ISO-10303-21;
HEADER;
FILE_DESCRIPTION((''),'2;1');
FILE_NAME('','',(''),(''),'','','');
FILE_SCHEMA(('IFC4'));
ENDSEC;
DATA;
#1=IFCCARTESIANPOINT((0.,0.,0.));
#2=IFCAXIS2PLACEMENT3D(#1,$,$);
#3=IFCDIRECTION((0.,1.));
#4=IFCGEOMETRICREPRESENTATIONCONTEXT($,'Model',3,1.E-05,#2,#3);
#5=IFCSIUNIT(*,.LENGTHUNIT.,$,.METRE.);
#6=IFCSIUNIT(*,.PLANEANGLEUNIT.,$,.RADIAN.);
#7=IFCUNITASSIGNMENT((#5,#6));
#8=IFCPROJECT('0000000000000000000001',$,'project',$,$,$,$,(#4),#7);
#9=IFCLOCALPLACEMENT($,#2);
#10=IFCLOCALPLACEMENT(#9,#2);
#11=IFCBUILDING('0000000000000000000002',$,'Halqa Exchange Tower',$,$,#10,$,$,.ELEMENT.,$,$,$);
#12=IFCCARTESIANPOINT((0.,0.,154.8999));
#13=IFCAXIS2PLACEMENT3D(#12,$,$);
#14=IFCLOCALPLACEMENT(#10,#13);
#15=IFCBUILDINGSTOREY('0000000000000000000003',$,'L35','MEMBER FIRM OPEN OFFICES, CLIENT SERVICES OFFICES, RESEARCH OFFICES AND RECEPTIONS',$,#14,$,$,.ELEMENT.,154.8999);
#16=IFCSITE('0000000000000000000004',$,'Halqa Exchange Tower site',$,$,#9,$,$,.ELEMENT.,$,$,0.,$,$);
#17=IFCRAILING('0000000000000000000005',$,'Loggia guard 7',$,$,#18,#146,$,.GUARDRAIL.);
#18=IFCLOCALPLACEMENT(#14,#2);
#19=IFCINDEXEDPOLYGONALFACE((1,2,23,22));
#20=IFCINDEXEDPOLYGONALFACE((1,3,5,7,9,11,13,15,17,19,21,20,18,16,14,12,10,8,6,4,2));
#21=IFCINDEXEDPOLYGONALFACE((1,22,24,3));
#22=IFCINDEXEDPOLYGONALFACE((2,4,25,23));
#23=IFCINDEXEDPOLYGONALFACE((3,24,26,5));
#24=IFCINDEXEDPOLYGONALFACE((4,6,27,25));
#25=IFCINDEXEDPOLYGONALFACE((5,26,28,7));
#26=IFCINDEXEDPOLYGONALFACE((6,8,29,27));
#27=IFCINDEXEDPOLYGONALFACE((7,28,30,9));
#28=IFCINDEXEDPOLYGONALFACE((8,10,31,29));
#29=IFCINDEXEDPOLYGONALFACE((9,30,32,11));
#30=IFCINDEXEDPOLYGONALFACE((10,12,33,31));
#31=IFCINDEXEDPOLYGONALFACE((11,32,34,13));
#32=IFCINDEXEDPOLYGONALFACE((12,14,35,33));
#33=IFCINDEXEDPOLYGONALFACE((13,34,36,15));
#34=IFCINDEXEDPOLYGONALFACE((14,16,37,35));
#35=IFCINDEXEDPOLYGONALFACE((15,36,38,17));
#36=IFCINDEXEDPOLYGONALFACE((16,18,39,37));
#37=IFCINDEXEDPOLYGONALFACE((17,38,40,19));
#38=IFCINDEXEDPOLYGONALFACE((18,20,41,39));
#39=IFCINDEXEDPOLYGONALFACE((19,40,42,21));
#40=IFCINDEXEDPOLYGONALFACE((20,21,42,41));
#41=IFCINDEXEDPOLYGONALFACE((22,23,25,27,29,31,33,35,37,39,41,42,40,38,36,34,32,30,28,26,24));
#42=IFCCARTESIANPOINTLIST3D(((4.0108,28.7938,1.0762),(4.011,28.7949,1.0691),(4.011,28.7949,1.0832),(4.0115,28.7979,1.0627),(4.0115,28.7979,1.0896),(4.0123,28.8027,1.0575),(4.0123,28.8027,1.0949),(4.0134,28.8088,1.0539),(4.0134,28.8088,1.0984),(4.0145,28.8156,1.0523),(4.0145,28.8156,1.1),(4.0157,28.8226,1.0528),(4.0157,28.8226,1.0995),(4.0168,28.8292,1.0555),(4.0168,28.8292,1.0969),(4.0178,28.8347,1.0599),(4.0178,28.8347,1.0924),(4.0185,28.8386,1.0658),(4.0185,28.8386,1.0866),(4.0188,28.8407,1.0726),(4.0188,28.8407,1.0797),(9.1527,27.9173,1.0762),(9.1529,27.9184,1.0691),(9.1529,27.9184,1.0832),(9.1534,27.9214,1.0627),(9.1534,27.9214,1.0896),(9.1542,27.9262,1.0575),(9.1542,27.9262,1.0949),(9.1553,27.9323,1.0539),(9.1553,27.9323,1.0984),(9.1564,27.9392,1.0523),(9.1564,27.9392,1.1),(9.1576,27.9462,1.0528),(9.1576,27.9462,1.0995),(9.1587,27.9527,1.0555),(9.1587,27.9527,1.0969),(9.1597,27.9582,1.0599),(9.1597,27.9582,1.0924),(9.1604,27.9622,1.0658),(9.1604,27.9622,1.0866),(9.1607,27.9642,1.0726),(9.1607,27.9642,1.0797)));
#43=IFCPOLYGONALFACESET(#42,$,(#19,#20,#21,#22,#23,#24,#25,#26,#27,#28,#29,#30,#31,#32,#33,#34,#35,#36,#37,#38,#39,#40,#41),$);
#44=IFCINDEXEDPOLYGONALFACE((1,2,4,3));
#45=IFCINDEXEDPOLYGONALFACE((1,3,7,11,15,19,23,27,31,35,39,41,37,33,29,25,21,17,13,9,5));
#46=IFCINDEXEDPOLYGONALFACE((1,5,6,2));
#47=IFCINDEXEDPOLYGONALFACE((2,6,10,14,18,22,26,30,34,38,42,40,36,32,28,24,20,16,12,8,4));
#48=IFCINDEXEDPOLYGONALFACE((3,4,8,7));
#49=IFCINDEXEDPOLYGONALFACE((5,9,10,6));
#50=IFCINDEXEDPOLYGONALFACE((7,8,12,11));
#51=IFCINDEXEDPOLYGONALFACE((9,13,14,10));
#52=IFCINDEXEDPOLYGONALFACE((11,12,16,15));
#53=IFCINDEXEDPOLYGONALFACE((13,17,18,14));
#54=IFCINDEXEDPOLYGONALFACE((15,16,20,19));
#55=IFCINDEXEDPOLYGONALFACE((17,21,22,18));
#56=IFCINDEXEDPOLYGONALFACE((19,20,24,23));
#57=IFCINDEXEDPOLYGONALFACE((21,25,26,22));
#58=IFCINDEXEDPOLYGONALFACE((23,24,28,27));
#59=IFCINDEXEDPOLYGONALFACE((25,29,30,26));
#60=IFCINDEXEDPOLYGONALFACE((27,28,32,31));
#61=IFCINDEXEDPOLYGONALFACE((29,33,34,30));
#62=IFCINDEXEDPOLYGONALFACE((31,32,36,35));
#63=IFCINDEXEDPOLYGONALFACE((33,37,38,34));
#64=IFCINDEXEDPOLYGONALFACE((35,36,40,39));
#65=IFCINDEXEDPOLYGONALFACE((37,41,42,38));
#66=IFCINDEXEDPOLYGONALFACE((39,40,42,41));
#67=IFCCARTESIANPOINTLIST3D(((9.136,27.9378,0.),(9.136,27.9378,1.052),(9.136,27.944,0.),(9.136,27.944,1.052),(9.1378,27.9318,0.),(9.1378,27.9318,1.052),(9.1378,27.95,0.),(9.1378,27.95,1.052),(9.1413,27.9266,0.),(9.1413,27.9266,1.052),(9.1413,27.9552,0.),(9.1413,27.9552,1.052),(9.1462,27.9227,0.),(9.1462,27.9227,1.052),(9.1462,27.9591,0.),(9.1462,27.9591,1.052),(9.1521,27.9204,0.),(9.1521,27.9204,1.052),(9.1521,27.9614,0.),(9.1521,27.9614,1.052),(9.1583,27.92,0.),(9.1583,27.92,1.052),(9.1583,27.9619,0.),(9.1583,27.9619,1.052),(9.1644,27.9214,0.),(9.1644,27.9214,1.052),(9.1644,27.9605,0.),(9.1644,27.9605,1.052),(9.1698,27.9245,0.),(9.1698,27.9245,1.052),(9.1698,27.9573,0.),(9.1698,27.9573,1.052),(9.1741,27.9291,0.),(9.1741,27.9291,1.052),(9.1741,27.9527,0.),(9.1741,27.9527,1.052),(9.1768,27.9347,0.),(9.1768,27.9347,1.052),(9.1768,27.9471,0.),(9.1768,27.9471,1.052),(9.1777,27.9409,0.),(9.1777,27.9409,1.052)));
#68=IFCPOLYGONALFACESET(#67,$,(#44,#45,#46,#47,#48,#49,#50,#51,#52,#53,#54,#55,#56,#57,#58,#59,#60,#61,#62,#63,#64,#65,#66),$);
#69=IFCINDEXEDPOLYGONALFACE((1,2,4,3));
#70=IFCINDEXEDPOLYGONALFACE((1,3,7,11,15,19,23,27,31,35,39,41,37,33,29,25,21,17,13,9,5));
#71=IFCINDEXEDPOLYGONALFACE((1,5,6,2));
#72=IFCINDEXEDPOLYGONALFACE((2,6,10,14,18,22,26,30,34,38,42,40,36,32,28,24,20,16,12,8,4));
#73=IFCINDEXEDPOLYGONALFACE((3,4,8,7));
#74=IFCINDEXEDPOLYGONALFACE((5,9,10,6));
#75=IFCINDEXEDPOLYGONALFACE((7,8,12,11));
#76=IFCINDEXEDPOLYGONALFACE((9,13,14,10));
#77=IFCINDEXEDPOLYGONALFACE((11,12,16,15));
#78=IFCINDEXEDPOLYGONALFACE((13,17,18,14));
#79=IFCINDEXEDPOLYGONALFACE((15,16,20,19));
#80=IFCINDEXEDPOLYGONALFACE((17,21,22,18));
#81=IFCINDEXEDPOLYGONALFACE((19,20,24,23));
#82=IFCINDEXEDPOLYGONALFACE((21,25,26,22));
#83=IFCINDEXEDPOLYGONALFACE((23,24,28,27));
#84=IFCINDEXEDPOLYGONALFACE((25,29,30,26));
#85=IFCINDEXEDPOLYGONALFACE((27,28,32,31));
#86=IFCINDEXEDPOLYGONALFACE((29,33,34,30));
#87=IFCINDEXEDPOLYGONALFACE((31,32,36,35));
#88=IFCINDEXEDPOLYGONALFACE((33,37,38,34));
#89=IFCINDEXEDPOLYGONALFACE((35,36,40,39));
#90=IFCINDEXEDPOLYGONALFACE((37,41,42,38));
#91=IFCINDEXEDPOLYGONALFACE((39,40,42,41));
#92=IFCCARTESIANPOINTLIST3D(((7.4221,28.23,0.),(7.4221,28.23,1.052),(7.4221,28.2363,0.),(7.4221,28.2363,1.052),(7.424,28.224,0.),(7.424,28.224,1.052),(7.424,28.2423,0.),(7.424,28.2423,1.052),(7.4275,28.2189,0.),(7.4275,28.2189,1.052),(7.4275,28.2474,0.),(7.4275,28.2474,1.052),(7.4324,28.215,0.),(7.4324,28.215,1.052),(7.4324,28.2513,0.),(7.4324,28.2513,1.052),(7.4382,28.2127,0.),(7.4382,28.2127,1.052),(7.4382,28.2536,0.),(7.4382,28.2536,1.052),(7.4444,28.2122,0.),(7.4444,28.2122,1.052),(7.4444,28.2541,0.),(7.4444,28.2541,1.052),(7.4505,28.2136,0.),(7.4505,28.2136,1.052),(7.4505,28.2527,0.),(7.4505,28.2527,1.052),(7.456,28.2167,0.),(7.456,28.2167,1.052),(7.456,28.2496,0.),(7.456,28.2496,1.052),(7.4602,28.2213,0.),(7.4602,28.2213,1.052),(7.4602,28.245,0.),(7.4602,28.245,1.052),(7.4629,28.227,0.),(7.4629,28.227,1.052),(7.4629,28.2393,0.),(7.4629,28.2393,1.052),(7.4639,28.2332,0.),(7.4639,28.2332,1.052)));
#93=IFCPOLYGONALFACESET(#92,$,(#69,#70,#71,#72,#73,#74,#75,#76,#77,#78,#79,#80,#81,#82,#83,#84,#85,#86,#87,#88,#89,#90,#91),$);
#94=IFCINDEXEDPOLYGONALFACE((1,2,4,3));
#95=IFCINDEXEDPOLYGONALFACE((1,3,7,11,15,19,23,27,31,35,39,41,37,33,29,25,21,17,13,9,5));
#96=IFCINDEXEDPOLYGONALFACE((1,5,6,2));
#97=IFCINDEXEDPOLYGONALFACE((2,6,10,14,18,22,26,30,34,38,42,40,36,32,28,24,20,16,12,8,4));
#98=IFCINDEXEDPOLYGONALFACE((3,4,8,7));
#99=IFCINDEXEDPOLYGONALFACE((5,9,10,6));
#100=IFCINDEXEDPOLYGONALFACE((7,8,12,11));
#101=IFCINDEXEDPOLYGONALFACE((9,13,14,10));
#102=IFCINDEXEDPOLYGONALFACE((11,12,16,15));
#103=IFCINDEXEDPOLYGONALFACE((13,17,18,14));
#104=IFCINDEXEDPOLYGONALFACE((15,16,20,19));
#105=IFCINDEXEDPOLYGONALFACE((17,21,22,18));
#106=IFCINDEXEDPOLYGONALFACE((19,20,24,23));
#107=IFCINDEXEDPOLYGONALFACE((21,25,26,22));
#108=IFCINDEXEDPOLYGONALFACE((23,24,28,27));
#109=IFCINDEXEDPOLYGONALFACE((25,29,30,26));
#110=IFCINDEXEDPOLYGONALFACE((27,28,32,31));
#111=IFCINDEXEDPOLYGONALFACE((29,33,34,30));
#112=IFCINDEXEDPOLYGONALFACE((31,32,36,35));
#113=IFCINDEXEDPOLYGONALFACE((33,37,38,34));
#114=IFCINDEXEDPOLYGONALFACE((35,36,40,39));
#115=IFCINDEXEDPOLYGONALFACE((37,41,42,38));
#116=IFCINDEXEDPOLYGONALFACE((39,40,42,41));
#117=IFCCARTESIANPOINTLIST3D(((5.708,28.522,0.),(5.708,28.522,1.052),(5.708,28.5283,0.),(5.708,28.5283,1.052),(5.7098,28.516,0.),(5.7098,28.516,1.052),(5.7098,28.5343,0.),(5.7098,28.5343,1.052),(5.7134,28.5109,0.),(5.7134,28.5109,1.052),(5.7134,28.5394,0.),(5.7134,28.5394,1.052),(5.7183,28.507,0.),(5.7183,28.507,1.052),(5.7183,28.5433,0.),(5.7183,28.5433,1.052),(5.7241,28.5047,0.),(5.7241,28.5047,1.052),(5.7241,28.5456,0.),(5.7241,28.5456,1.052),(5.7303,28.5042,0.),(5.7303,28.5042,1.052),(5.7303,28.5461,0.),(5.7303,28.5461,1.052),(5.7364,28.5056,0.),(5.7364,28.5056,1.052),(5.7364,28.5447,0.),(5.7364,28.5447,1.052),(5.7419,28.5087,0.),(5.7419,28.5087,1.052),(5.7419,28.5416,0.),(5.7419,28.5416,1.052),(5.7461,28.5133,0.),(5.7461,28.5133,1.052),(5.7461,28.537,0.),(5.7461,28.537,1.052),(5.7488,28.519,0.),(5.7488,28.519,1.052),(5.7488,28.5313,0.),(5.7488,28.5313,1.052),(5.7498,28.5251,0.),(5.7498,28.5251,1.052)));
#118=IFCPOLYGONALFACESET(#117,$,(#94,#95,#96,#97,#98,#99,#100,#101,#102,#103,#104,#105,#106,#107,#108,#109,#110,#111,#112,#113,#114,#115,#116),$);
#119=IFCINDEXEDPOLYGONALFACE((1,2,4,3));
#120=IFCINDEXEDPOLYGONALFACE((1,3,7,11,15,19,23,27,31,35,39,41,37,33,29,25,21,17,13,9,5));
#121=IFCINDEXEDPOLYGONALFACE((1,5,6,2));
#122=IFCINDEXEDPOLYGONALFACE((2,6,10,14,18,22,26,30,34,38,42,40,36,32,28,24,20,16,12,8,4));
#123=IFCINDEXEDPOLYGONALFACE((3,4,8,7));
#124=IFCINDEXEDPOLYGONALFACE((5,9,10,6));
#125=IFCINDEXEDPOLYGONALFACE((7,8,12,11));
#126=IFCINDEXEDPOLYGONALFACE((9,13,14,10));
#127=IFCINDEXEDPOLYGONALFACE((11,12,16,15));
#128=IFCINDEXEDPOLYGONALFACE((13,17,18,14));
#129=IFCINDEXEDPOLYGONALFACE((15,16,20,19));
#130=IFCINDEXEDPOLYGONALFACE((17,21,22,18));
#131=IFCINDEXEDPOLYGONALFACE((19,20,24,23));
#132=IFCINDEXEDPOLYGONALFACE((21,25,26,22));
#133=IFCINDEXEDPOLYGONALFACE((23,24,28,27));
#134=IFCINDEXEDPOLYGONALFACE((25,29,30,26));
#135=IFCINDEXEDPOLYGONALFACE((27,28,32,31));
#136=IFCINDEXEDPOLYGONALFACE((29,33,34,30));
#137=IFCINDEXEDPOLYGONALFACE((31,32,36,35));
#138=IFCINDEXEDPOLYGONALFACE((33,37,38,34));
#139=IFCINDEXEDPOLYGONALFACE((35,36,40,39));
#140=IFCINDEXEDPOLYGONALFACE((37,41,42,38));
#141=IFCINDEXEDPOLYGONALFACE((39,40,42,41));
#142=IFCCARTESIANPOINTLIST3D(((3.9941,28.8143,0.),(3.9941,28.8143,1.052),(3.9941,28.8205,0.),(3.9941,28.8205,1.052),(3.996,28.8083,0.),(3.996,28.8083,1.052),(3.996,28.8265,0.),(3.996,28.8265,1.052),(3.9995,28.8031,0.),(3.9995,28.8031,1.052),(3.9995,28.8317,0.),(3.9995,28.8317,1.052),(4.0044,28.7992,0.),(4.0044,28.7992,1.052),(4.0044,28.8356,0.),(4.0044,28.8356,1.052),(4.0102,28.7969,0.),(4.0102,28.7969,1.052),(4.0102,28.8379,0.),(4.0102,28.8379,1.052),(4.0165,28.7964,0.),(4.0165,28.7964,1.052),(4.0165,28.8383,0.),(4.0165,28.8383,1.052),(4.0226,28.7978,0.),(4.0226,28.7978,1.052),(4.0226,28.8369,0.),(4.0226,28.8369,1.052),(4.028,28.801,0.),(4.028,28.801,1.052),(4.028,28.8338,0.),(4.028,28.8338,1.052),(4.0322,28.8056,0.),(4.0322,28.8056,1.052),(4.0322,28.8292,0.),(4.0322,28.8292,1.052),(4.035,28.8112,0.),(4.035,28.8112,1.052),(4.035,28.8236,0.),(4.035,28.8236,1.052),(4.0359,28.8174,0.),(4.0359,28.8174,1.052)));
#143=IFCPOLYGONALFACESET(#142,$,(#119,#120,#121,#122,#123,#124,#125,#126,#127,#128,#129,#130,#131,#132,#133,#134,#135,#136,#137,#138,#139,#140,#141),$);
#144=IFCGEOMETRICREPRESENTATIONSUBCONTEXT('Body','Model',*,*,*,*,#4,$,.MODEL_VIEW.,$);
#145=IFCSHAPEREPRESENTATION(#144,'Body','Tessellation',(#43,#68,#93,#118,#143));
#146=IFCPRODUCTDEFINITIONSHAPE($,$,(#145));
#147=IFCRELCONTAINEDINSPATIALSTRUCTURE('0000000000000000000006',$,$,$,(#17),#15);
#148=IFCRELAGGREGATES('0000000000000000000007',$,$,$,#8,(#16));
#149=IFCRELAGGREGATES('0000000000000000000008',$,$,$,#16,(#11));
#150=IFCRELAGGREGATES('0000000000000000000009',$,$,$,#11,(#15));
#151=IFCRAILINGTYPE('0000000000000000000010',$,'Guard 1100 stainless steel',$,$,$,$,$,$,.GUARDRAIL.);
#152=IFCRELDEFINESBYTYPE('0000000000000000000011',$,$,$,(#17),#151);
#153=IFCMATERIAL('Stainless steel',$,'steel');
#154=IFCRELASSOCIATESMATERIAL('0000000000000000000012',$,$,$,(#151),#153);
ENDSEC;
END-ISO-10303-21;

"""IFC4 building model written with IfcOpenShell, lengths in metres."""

from ifc_helpers import new_model, si_unit, direction, frame, origin, origin_2d, place, context, subcontext, project, spatial, circle, extrude, material, type_object, element, save


model = new_model("IFC4")

# Units and contexts
model_context = context("Model", 3, precision=1e-05, world=origin(), true_north=direction((0.0, 1.0)))
body_context = subcontext(model_context, "Body", "Model", "MODEL_VIEW")
ifc_project = project(units=[si_unit("LENGTHUNIT", "METRE"), si_unit("PLANEANGLEUNIT", "RADIAN")], contexts=[model_context])

# Site, building, storey
site_placement = place(None, origin())
site = spatial("IfcSite", under=ifc_project, at=site_placement, Name="Halqa Exchange Tower site", CompositionType="ELEMENT", RefElevation=0.0)
building_placement = place(site_placement, origin())
building = spatial("IfcBuilding", under=site, at=building_placement, Name="Halqa Exchange Tower", CompositionType="ELEMENT")
storey_placement = place(building_placement, frame((0.0, 0.0, 154.8999)))
storey = spatial("IfcBuildingStorey", under=building, at=storey_placement, Name="L35", Description="MEMBER FIRM OPEN OFFICES, CLIENT SERVICES OFFICES, RESEARCH OFFICES AND RECEPTIONS", CompositionType="ELEMENT", Elevation=154.8999)

# Railing
ifc_material_1 = material(Name="Stainless steel", Category="steel")
railing_type = type_object("IfcRailingType", Name="Guard 1100 stainless steel", PredefinedType="GUARDRAIL", material=ifc_material_1)
railing_1_placement = place(storey_placement, frame((9.1567, 27.9409, 0.0)))
element("IfcRailing", 1, at=railing_1_placement, inside=storey, type_object=railing_type, Name="Loggia guard 7", PredefinedType="GUARDRAIL", context=body_context, shape_type="SweptSolid", body=[
    extrude(circle(Radius=0.0239, at=origin_2d()), frame((0.0, 0.0, 1.0762), z_axis=(-0.985781, 0.168034, 0.0), x_axis=(-0.168034, -0.985781, 0.0)), (0.0, 0.0, 1.0), 5.2161),
    extrude(circle(Radius=0.021, at=origin_2d()), origin(), (0.0, 0.0, 1.0), 1.052),
    extrude(circle(Radius=0.021, at=origin_2d()), frame((-1.7139, 0.2922, 0.0)), (0.0, 0.0, 1.0), 1.052),
    extrude(circle(Radius=0.021, at=origin_2d()), frame((-3.428, 0.5842, 0.0)), (0.0, 0.0, 1.0), 1.052),
    extrude(circle(Radius=0.021, at=origin_2d()), frame((-5.1418, 0.8765, 0.0)), (0.0, 0.0, 1.0), 1.052),
])

save(model, "model.ifc")
